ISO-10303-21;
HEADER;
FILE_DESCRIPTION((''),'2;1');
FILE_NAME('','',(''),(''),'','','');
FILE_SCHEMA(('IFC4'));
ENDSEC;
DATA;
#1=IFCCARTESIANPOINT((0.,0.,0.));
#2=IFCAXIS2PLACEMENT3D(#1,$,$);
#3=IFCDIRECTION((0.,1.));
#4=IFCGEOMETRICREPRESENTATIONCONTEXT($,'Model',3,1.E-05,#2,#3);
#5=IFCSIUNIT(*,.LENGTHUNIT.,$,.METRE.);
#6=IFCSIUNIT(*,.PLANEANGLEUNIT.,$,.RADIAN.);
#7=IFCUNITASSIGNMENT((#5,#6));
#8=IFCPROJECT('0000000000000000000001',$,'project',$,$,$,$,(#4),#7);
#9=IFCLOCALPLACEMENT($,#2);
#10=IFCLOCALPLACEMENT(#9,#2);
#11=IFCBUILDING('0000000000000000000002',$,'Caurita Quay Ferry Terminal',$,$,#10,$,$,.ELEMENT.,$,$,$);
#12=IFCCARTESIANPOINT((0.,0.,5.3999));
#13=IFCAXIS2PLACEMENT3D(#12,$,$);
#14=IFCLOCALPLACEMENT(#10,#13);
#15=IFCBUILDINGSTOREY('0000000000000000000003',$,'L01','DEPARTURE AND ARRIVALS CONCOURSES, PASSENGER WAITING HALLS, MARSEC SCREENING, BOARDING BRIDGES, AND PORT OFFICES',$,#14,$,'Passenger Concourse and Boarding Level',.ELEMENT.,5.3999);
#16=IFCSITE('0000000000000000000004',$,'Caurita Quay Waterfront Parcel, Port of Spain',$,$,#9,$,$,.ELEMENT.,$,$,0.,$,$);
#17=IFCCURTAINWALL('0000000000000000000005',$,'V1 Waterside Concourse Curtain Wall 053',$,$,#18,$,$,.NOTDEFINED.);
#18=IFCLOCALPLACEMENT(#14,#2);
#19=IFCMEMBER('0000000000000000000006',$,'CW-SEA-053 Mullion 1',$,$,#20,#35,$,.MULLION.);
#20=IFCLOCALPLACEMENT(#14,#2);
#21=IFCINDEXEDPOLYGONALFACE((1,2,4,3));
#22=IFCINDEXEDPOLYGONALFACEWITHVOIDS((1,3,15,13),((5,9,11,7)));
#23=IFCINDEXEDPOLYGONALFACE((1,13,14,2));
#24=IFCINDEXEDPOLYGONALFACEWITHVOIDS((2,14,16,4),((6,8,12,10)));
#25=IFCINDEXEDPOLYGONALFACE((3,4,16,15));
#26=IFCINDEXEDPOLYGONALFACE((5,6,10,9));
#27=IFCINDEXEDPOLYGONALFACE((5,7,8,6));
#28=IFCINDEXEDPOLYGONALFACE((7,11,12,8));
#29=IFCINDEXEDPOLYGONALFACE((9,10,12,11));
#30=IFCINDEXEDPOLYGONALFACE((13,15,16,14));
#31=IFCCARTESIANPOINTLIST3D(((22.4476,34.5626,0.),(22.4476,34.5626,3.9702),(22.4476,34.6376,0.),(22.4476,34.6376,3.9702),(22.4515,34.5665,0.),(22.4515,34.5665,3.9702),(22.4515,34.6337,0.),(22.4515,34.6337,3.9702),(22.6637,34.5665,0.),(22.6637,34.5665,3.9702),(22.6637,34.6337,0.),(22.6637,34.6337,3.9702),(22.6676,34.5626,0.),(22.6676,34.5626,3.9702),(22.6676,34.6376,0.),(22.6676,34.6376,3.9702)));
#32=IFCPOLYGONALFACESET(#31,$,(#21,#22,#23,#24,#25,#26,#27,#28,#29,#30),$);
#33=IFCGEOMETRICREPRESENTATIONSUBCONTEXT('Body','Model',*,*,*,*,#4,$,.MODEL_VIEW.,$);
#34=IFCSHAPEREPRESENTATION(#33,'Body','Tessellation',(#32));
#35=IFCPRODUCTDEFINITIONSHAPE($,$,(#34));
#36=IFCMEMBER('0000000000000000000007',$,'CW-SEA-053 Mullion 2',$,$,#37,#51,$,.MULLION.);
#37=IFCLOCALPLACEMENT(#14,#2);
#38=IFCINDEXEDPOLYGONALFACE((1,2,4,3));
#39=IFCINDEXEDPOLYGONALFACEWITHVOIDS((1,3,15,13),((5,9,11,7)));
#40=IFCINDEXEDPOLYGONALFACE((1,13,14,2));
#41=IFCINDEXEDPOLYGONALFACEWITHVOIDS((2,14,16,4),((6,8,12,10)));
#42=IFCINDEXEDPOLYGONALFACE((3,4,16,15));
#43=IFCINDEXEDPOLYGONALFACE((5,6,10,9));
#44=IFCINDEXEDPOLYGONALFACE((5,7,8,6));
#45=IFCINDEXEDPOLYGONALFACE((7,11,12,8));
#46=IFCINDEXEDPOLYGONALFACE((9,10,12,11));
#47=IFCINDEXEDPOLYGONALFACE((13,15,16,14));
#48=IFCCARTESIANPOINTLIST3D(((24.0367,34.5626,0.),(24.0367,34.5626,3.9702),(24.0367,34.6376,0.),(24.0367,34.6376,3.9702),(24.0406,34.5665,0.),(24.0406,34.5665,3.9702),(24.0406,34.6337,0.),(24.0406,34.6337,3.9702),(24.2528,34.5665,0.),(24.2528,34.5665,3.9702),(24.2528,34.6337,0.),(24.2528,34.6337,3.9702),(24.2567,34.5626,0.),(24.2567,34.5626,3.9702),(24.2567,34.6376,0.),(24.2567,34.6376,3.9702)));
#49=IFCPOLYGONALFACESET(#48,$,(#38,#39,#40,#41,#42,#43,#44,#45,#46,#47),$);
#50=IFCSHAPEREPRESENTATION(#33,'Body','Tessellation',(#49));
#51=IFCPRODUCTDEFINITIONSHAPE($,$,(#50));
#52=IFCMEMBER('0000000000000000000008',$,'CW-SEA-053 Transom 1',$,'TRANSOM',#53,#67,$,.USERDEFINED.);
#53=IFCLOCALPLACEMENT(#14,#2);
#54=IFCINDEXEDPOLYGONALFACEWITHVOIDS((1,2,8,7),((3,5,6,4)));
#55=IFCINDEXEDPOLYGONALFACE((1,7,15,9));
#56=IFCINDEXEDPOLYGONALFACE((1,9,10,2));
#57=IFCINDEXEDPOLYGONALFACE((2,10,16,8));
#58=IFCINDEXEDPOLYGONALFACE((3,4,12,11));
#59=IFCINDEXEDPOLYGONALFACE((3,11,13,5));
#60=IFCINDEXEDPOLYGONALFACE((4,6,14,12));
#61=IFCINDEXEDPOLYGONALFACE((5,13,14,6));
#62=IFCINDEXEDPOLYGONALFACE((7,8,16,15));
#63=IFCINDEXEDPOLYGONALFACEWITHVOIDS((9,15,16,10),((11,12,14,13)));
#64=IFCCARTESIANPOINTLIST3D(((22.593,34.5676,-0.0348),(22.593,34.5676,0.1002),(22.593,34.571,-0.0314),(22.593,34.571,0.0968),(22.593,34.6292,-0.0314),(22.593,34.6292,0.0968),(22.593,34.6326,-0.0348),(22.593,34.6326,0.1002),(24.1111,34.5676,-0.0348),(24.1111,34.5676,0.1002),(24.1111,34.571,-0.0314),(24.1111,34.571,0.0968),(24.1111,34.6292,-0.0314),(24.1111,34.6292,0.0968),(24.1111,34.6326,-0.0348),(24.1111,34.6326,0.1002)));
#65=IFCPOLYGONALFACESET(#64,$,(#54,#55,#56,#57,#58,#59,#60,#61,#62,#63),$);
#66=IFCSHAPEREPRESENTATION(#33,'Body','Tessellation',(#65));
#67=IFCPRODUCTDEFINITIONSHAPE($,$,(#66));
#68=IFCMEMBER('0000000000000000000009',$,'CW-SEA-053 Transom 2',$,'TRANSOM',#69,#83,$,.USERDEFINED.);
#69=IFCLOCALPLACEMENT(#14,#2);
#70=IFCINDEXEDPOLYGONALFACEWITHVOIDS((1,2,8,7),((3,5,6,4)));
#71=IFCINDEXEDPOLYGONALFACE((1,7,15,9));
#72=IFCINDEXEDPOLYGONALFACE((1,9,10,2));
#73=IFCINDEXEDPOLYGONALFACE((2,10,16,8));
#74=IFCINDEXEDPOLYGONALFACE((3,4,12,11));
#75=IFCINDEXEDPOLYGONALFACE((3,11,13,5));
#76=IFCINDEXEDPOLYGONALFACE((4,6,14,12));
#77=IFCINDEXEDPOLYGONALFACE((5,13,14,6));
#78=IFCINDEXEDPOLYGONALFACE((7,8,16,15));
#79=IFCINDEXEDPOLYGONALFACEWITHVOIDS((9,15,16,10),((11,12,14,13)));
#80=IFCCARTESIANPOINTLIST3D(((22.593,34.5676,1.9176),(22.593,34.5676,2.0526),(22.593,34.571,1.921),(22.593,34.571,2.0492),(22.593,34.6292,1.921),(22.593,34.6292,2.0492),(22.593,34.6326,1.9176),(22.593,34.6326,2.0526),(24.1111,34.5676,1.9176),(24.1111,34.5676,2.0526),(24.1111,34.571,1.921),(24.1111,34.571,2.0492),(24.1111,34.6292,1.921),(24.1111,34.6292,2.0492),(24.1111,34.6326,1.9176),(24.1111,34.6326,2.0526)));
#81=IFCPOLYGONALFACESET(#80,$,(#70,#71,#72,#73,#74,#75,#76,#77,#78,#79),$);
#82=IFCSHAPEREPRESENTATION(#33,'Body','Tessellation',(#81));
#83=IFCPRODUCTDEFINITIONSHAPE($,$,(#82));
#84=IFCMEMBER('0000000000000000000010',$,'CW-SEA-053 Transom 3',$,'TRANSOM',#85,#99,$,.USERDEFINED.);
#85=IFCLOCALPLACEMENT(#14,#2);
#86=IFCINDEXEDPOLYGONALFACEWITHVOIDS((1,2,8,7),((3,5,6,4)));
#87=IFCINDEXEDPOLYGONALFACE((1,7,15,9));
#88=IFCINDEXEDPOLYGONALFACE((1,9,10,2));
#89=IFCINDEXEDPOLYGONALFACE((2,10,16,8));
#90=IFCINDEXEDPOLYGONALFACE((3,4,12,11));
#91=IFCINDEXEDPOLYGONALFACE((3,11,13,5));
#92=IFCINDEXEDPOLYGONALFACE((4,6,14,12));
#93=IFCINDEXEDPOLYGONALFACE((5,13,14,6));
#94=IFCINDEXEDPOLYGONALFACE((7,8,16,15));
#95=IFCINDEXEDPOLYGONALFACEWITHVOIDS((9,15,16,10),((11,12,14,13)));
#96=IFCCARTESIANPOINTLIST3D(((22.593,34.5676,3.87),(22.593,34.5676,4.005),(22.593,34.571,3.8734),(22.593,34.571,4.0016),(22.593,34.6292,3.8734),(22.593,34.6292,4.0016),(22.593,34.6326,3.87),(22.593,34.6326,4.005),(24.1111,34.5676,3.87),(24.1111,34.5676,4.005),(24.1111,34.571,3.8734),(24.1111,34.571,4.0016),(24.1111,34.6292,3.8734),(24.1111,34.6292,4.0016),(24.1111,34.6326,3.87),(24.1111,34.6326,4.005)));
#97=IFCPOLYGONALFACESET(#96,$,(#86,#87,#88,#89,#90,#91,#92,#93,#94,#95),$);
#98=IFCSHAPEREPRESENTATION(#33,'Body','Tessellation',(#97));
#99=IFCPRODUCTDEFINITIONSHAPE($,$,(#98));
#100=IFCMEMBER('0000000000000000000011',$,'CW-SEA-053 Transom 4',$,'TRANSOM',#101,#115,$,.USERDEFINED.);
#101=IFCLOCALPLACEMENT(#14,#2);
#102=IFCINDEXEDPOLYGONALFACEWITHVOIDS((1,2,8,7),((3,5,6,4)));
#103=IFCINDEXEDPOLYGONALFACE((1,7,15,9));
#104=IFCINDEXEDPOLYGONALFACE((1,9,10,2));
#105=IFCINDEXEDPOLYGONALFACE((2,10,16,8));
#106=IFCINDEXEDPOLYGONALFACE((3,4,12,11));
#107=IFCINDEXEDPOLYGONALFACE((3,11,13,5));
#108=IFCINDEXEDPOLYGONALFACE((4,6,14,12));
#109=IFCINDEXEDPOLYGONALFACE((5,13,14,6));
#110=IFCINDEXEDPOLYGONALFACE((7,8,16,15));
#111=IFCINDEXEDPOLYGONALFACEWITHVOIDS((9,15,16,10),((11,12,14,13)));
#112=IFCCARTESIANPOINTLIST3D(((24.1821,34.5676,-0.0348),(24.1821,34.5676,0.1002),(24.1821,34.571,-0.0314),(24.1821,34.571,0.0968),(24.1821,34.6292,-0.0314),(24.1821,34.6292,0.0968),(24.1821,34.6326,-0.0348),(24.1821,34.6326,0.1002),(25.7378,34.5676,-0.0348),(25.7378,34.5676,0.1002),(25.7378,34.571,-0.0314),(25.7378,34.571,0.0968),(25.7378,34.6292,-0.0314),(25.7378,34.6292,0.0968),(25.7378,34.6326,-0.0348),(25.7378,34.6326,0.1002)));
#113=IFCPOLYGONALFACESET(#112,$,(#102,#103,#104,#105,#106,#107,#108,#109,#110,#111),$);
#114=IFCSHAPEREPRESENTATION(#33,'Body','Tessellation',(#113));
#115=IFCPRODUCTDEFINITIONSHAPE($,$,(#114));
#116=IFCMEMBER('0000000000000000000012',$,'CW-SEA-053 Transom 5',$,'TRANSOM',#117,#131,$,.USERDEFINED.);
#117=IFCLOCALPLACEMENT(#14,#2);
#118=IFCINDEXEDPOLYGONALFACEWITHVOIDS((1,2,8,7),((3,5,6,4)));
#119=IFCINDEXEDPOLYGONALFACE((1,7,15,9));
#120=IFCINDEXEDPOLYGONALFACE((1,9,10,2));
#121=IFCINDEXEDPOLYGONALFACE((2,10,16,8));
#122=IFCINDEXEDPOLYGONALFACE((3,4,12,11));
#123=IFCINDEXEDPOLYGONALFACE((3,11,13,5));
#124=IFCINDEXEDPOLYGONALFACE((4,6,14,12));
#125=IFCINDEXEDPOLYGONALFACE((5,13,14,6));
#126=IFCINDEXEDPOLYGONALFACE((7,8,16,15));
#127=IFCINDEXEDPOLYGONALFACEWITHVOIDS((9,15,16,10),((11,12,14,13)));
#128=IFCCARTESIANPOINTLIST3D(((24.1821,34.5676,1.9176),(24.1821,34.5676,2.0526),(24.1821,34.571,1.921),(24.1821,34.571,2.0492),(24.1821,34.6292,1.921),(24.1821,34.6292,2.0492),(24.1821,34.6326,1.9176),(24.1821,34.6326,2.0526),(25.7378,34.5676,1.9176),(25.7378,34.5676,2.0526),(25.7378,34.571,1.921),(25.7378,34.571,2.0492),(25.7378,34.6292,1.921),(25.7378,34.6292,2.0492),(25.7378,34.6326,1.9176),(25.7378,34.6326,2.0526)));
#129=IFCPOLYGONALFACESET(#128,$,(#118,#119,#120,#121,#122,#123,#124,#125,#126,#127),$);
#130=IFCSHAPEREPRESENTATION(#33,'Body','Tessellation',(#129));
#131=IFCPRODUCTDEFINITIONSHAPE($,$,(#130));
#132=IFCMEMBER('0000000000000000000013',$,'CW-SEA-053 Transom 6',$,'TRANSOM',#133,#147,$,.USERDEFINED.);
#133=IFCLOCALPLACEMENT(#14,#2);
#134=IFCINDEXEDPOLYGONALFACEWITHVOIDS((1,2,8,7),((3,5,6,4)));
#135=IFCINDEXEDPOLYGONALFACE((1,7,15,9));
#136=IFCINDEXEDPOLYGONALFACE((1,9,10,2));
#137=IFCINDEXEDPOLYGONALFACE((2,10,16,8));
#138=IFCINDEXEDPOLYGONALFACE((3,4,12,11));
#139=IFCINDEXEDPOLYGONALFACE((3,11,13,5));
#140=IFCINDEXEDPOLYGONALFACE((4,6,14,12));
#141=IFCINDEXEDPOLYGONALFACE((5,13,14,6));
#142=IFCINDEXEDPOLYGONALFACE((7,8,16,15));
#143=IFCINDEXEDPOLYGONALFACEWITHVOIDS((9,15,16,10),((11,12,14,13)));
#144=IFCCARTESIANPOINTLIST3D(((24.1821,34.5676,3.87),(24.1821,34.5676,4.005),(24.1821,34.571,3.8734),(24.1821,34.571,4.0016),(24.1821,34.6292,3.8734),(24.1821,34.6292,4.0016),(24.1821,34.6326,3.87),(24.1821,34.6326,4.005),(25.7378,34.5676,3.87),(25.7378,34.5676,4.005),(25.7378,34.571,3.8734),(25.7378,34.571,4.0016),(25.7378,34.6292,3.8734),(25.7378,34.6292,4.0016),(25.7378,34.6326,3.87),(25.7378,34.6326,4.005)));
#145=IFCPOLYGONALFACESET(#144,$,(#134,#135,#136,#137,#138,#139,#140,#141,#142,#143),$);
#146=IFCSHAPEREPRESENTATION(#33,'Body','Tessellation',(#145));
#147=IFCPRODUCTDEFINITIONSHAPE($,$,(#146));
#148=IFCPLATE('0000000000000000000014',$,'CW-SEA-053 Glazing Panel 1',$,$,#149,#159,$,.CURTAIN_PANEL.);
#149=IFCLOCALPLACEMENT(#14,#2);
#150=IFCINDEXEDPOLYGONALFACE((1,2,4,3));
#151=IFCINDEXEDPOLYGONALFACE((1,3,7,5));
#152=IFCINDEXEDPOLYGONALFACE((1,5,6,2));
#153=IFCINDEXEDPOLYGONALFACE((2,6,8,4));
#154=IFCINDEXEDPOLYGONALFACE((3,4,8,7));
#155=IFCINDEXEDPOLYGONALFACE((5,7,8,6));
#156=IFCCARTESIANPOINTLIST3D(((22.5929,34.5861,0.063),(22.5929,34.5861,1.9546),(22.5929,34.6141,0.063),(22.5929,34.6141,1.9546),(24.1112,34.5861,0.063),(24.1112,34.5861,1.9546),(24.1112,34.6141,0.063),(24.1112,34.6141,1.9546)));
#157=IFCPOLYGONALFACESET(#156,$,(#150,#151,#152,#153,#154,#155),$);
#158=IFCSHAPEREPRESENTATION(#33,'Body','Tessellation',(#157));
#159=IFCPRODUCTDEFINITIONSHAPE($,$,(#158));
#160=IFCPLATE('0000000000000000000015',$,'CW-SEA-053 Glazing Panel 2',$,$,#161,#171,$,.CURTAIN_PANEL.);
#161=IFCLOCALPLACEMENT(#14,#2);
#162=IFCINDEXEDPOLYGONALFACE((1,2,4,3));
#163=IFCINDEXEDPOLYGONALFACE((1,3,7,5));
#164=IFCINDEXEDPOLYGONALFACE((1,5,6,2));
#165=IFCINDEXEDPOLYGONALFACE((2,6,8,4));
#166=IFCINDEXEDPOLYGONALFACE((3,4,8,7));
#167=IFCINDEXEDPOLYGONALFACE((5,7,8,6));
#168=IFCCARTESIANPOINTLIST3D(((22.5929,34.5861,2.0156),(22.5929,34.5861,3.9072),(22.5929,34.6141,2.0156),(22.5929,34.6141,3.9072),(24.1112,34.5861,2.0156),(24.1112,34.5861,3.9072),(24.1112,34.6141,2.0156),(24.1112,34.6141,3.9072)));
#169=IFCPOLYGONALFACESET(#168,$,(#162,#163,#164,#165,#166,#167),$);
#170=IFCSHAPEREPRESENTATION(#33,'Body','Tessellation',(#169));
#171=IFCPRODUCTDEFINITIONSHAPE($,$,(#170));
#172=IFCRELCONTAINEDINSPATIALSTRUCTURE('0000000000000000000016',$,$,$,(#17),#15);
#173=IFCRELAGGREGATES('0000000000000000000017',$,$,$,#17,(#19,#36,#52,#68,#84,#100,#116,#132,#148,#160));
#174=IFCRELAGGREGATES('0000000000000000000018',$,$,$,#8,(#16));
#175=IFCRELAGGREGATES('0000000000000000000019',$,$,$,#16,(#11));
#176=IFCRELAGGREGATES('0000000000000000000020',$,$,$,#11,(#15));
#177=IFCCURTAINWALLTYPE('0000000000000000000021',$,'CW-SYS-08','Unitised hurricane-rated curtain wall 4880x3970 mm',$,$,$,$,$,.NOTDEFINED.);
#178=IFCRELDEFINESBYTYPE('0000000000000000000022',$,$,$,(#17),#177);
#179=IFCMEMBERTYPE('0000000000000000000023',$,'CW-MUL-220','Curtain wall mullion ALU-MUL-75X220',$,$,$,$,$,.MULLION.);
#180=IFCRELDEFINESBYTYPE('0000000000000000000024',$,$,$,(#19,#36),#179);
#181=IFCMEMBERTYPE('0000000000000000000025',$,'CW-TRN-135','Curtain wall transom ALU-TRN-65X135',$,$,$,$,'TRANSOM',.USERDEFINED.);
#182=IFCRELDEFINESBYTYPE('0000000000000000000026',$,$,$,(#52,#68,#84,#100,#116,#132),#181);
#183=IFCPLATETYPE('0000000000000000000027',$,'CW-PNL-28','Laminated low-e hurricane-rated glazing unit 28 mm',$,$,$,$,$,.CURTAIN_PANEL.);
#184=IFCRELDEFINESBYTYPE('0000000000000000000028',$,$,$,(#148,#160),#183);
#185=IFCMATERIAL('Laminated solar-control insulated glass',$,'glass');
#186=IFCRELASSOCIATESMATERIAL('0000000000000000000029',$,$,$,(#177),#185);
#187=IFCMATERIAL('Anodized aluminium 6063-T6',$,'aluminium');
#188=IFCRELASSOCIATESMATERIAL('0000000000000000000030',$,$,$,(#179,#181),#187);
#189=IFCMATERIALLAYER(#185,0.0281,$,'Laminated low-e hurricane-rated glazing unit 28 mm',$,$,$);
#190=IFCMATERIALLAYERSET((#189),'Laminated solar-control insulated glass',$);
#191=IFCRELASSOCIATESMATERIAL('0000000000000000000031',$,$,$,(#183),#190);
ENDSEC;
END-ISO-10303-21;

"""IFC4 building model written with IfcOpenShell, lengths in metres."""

from ifc_helpers import new_model, si_unit, direction, frame, origin, origin_2d, place, context, subcontext, project, spatial, rectangle, hollow_rectangle, extrude, material, layer, layer_set, material_profile, profile_set, type_object, element, aggregate, save


model = new_model("IFC4")

# Units and contexts
model_context = context("Model", 3, precision=1e-05, world=origin(), true_north=direction((0.0, 1.0)))
body_context = subcontext(model_context, "Body", "Model", "MODEL_VIEW")
ifc_project = project(units=[si_unit("LENGTHUNIT", "METRE"), si_unit("PLANEANGLEUNIT", "RADIAN")], contexts=[model_context])

# Site, building, storey
site_placement = place(None, origin())
site = spatial("IfcSite", under=ifc_project, at=site_placement, Name="Caurita Quay Waterfront Parcel, Port of Spain", CompositionType="ELEMENT", RefElevation=0.0)
building_placement = place(site_placement, origin())
building = spatial("IfcBuilding", under=site, at=building_placement, Name="Caurita Quay Ferry Terminal", CompositionType="ELEMENT")
storey_placement = place(building_placement, frame((0.0, 0.0, 5.3999)))
storey = spatial("IfcBuildingStorey", under=building, at=storey_placement, Name="L01", Description="DEPARTURE AND ARRIVALS CONCOURSES, PASSENGER WAITING HALLS, MARSEC SCREENING, BOARDING BRIDGES, AND PORT OFFICES", LongName="Passenger Concourse and Boarding Level", CompositionType="ELEMENT", Elevation=5.3999)

# Shared definitions
ifc_material_1 = material(Name="Laminated solar-control insulated glass", Category="glass")
curtain_wall_type = type_object("IfcCurtainWallType", Name="CW-SYS-08", Description="Unitised hurricane-rated curtain wall 4880x3970 mm", PredefinedType="NOTDEFINED", material=ifc_material_1)
ifc_material_2 = material(Name="Anodized aluminium 6063-T6", Category="aluminium")
ifc_material_profile_1 = material_profile(ifc_material_2, hollow_rectangle(XDim=0.075, YDim=0.22, WallThickness=0.0039, at=origin_2d()), Name="ALU-MUL-75X220")
ifc_profile_set_1 = profile_set([ifc_material_profile_1], Name="Anodized aluminium 6063-T6")
member_type_1 = type_object("IfcMemberType", Name="CW-MUL-220", Description="Curtain wall mullion ALU-MUL-75X220", PredefinedType="MULLION", material=ifc_profile_set_1)

# Curtain wall, members, plates
curtain_wall_1_placement = place(storey_placement, origin())
curtain_wall_1 = element("IfcCurtainWall", 1, at=curtain_wall_1_placement, inside=storey, type_object=curtain_wall_type, Name="V1 Waterside Concourse Curtain Wall 053", PredefinedType="NOTDEFINED")
member_1_placement = place(storey_placement, frame((22.5576, 34.6001, 0.0), z_axis=(0.0, 0.0, 1.0), x_axis=(0.0, 1.0, 0.0)))
member_1 = element("IfcMember", 2, at=member_1_placement, type_object=member_type_1, Name="CW-SEA-053 Mullion 1", PredefinedType="MULLION", context=body_context, shape_type="SweptSolid", body=[
    extrude(hollow_rectangle(XDim=0.075, YDim=0.22, WallThickness=0.0039, at=origin_2d()), origin(), (0.0, 0.0, 1.0), 3.9702),
])
member_2_placement = place(storey_placement, frame((24.1467, 34.6001, 0.0), z_axis=(0.0, 0.0, 1.0), x_axis=(0.0, 1.0, 0.0)))
member_2 = element("IfcMember", 3, at=member_2_placement, type_object=member_type_1, Name="CW-SEA-053 Mullion 2", PredefinedType="MULLION", context=body_context, shape_type="SweptSolid", body=[
    extrude(hollow_rectangle(XDim=0.075, YDim=0.22, WallThickness=0.0039, at=origin_2d()), origin(), (0.0, 0.0, 1.0), 3.9702),
])
ifc_material_profile_2 = material_profile(ifc_material_2, hollow_rectangle(XDim=0.0649, YDim=0.135, WallThickness=0.0034, at=origin_2d()), Name="ALU-TRN-65X135")
ifc_profile_set_2 = profile_set([ifc_material_profile_2], Name="Anodized aluminium 6063-T6")
member_type_2 = type_object("IfcMemberType", Name="CW-TRN-135", Description="Curtain wall transom ALU-TRN-65X135", ElementType="TRANSOM", PredefinedType="USERDEFINED", material=ifc_profile_set_2)
member_3_placement = place(storey_placement, frame((22.593, 34.6001, 0.0327), z_axis=(1.0, 0.0, 0.0), x_axis=(0.0, 1.0, 0.0)))
member_3 = element("IfcMember", 4, at=member_3_placement, type_object=member_type_2, Name="CW-SEA-053 Transom 1", ObjectType="TRANSOM", PredefinedType="USERDEFINED", context=body_context, shape_type="SweptSolid", body=[
    extrude(hollow_rectangle(XDim=0.0649, YDim=0.135, WallThickness=0.0034, at=origin_2d()), origin(), (0.0, 0.0, 1.0), 1.5181),
])
member_4_placement = place(storey_placement, frame((22.593, 34.6001, 1.9851), z_axis=(1.0, 0.0, 0.0), x_axis=(0.0, 1.0, 0.0)))
member_4 = element("IfcMember", 5, at=member_4_placement, type_object=member_type_2, Name="CW-SEA-053 Transom 2", ObjectType="TRANSOM", PredefinedType="USERDEFINED", context=body_context, shape_type="SweptSolid", body=[
    extrude(hollow_rectangle(XDim=0.0649, YDim=0.135, WallThickness=0.0034, at=origin_2d()), origin(), (0.0, 0.0, 1.0), 1.5181),
])
member_5_placement = place(storey_placement, frame((22.593, 34.6001, 3.9375), z_axis=(1.0, 0.0, 0.0), x_axis=(0.0, 1.0, 0.0)))
member_5 = element("IfcMember", 6, at=member_5_placement, type_object=member_type_2, Name="CW-SEA-053 Transom 3", ObjectType="TRANSOM", PredefinedType="USERDEFINED", context=body_context, shape_type="SweptSolid", body=[
    extrude(hollow_rectangle(XDim=0.0649, YDim=0.135, WallThickness=0.0034, at=origin_2d()), origin(), (0.0, 0.0, 1.0), 1.5181),
])
member_6_placement = place(storey_placement, frame((24.1821, 34.6001, 0.0327), z_axis=(1.0, 0.0, 0.0), x_axis=(0.0, 1.0, 0.0)))
member_6 = element("IfcMember", 7, at=member_6_placement, type_object=member_type_2, Name="CW-SEA-053 Transom 4", ObjectType="TRANSOM", PredefinedType="USERDEFINED", context=body_context, shape_type="SweptSolid", body=[
    extrude(hollow_rectangle(XDim=0.0649, YDim=0.135, WallThickness=0.0034, at=origin_2d()), origin(), (0.0, 0.0, 1.0), 1.5557),
])
member_7_placement = place(storey_placement, frame((24.1821, 34.6001, 1.9851), z_axis=(1.0, 0.0, 0.0), x_axis=(0.0, 1.0, 0.0)))
member_7 = element("IfcMember", 8, at=member_7_placement, type_object=member_type_2, Name="CW-SEA-053 Transom 5", ObjectType="TRANSOM", PredefinedType="USERDEFINED", context=body_context, shape_type="SweptSolid", body=[
    extrude(hollow_rectangle(XDim=0.0649, YDim=0.135, WallThickness=0.0034, at=origin_2d()), origin(), (0.0, 0.0, 1.0), 1.5557),
])
member_8_placement = place(storey_placement, frame((24.1821, 34.6001, 3.9375), z_axis=(1.0, 0.0, 0.0), x_axis=(0.0, 1.0, 0.0)))
member_8 = element("IfcMember", 9, at=member_8_placement, type_object=member_type_2, Name="CW-SEA-053 Transom 6", ObjectType="TRANSOM", PredefinedType="USERDEFINED", context=body_context, shape_type="SweptSolid", body=[
    extrude(hollow_rectangle(XDim=0.0649, YDim=0.135, WallThickness=0.0034, at=origin_2d()), origin(), (0.0, 0.0, 1.0), 1.5557),
])
ifc_layer = layer(ifc_material_1, 0.0281, Name="Laminated low-e hurricane-rated glazing unit 28 mm")
ifc_layer_set = layer_set([ifc_layer], Name="Laminated solar-control insulated glass")
plate_type = type_object("IfcPlateType", Name="CW-PNL-28", Description="Laminated low-e hurricane-rated glazing unit 28 mm", PredefinedType="CURTAIN_PANEL", material=ifc_layer_set)
plate_1_placement = place(storey_placement, frame((23.3521, 34.6001, 0.063), z_axis=(0.0, 0.0, 1.0), x_axis=(1.0, 0.0, 0.0)))
plate_1 = element("IfcPlate", 10, at=plate_1_placement, type_object=plate_type, Name="CW-SEA-053 Glazing Panel 1", PredefinedType="CURTAIN_PANEL", context=body_context, shape_type="SweptSolid", body=[
    extrude(rectangle(XDim=1.5183, YDim=0.0281, at=origin_2d()), origin(), (0.0, 0.0, 1.0), 1.8916),
])
plate_2_placement = place(storey_placement, frame((23.3521, 34.6001, 2.0156), z_axis=(0.0, 0.0, 1.0), x_axis=(1.0, 0.0, 0.0)))
plate_2 = element("IfcPlate", 11, at=plate_2_placement, type_object=plate_type, Name="CW-SEA-053 Glazing Panel 2", PredefinedType="CURTAIN_PANEL", context=body_context, shape_type="SweptSolid", body=[
    extrude(rectangle(XDim=1.5183, YDim=0.0281, at=origin_2d()), origin(), (0.0, 0.0, 1.0), 1.8916),
])
aggregate(curtain_wall_1, [member_1, member_2, member_3, member_4, member_5, member_6, member_7, member_8, plate_1, plate_2])

save(model, "model.ifc")
